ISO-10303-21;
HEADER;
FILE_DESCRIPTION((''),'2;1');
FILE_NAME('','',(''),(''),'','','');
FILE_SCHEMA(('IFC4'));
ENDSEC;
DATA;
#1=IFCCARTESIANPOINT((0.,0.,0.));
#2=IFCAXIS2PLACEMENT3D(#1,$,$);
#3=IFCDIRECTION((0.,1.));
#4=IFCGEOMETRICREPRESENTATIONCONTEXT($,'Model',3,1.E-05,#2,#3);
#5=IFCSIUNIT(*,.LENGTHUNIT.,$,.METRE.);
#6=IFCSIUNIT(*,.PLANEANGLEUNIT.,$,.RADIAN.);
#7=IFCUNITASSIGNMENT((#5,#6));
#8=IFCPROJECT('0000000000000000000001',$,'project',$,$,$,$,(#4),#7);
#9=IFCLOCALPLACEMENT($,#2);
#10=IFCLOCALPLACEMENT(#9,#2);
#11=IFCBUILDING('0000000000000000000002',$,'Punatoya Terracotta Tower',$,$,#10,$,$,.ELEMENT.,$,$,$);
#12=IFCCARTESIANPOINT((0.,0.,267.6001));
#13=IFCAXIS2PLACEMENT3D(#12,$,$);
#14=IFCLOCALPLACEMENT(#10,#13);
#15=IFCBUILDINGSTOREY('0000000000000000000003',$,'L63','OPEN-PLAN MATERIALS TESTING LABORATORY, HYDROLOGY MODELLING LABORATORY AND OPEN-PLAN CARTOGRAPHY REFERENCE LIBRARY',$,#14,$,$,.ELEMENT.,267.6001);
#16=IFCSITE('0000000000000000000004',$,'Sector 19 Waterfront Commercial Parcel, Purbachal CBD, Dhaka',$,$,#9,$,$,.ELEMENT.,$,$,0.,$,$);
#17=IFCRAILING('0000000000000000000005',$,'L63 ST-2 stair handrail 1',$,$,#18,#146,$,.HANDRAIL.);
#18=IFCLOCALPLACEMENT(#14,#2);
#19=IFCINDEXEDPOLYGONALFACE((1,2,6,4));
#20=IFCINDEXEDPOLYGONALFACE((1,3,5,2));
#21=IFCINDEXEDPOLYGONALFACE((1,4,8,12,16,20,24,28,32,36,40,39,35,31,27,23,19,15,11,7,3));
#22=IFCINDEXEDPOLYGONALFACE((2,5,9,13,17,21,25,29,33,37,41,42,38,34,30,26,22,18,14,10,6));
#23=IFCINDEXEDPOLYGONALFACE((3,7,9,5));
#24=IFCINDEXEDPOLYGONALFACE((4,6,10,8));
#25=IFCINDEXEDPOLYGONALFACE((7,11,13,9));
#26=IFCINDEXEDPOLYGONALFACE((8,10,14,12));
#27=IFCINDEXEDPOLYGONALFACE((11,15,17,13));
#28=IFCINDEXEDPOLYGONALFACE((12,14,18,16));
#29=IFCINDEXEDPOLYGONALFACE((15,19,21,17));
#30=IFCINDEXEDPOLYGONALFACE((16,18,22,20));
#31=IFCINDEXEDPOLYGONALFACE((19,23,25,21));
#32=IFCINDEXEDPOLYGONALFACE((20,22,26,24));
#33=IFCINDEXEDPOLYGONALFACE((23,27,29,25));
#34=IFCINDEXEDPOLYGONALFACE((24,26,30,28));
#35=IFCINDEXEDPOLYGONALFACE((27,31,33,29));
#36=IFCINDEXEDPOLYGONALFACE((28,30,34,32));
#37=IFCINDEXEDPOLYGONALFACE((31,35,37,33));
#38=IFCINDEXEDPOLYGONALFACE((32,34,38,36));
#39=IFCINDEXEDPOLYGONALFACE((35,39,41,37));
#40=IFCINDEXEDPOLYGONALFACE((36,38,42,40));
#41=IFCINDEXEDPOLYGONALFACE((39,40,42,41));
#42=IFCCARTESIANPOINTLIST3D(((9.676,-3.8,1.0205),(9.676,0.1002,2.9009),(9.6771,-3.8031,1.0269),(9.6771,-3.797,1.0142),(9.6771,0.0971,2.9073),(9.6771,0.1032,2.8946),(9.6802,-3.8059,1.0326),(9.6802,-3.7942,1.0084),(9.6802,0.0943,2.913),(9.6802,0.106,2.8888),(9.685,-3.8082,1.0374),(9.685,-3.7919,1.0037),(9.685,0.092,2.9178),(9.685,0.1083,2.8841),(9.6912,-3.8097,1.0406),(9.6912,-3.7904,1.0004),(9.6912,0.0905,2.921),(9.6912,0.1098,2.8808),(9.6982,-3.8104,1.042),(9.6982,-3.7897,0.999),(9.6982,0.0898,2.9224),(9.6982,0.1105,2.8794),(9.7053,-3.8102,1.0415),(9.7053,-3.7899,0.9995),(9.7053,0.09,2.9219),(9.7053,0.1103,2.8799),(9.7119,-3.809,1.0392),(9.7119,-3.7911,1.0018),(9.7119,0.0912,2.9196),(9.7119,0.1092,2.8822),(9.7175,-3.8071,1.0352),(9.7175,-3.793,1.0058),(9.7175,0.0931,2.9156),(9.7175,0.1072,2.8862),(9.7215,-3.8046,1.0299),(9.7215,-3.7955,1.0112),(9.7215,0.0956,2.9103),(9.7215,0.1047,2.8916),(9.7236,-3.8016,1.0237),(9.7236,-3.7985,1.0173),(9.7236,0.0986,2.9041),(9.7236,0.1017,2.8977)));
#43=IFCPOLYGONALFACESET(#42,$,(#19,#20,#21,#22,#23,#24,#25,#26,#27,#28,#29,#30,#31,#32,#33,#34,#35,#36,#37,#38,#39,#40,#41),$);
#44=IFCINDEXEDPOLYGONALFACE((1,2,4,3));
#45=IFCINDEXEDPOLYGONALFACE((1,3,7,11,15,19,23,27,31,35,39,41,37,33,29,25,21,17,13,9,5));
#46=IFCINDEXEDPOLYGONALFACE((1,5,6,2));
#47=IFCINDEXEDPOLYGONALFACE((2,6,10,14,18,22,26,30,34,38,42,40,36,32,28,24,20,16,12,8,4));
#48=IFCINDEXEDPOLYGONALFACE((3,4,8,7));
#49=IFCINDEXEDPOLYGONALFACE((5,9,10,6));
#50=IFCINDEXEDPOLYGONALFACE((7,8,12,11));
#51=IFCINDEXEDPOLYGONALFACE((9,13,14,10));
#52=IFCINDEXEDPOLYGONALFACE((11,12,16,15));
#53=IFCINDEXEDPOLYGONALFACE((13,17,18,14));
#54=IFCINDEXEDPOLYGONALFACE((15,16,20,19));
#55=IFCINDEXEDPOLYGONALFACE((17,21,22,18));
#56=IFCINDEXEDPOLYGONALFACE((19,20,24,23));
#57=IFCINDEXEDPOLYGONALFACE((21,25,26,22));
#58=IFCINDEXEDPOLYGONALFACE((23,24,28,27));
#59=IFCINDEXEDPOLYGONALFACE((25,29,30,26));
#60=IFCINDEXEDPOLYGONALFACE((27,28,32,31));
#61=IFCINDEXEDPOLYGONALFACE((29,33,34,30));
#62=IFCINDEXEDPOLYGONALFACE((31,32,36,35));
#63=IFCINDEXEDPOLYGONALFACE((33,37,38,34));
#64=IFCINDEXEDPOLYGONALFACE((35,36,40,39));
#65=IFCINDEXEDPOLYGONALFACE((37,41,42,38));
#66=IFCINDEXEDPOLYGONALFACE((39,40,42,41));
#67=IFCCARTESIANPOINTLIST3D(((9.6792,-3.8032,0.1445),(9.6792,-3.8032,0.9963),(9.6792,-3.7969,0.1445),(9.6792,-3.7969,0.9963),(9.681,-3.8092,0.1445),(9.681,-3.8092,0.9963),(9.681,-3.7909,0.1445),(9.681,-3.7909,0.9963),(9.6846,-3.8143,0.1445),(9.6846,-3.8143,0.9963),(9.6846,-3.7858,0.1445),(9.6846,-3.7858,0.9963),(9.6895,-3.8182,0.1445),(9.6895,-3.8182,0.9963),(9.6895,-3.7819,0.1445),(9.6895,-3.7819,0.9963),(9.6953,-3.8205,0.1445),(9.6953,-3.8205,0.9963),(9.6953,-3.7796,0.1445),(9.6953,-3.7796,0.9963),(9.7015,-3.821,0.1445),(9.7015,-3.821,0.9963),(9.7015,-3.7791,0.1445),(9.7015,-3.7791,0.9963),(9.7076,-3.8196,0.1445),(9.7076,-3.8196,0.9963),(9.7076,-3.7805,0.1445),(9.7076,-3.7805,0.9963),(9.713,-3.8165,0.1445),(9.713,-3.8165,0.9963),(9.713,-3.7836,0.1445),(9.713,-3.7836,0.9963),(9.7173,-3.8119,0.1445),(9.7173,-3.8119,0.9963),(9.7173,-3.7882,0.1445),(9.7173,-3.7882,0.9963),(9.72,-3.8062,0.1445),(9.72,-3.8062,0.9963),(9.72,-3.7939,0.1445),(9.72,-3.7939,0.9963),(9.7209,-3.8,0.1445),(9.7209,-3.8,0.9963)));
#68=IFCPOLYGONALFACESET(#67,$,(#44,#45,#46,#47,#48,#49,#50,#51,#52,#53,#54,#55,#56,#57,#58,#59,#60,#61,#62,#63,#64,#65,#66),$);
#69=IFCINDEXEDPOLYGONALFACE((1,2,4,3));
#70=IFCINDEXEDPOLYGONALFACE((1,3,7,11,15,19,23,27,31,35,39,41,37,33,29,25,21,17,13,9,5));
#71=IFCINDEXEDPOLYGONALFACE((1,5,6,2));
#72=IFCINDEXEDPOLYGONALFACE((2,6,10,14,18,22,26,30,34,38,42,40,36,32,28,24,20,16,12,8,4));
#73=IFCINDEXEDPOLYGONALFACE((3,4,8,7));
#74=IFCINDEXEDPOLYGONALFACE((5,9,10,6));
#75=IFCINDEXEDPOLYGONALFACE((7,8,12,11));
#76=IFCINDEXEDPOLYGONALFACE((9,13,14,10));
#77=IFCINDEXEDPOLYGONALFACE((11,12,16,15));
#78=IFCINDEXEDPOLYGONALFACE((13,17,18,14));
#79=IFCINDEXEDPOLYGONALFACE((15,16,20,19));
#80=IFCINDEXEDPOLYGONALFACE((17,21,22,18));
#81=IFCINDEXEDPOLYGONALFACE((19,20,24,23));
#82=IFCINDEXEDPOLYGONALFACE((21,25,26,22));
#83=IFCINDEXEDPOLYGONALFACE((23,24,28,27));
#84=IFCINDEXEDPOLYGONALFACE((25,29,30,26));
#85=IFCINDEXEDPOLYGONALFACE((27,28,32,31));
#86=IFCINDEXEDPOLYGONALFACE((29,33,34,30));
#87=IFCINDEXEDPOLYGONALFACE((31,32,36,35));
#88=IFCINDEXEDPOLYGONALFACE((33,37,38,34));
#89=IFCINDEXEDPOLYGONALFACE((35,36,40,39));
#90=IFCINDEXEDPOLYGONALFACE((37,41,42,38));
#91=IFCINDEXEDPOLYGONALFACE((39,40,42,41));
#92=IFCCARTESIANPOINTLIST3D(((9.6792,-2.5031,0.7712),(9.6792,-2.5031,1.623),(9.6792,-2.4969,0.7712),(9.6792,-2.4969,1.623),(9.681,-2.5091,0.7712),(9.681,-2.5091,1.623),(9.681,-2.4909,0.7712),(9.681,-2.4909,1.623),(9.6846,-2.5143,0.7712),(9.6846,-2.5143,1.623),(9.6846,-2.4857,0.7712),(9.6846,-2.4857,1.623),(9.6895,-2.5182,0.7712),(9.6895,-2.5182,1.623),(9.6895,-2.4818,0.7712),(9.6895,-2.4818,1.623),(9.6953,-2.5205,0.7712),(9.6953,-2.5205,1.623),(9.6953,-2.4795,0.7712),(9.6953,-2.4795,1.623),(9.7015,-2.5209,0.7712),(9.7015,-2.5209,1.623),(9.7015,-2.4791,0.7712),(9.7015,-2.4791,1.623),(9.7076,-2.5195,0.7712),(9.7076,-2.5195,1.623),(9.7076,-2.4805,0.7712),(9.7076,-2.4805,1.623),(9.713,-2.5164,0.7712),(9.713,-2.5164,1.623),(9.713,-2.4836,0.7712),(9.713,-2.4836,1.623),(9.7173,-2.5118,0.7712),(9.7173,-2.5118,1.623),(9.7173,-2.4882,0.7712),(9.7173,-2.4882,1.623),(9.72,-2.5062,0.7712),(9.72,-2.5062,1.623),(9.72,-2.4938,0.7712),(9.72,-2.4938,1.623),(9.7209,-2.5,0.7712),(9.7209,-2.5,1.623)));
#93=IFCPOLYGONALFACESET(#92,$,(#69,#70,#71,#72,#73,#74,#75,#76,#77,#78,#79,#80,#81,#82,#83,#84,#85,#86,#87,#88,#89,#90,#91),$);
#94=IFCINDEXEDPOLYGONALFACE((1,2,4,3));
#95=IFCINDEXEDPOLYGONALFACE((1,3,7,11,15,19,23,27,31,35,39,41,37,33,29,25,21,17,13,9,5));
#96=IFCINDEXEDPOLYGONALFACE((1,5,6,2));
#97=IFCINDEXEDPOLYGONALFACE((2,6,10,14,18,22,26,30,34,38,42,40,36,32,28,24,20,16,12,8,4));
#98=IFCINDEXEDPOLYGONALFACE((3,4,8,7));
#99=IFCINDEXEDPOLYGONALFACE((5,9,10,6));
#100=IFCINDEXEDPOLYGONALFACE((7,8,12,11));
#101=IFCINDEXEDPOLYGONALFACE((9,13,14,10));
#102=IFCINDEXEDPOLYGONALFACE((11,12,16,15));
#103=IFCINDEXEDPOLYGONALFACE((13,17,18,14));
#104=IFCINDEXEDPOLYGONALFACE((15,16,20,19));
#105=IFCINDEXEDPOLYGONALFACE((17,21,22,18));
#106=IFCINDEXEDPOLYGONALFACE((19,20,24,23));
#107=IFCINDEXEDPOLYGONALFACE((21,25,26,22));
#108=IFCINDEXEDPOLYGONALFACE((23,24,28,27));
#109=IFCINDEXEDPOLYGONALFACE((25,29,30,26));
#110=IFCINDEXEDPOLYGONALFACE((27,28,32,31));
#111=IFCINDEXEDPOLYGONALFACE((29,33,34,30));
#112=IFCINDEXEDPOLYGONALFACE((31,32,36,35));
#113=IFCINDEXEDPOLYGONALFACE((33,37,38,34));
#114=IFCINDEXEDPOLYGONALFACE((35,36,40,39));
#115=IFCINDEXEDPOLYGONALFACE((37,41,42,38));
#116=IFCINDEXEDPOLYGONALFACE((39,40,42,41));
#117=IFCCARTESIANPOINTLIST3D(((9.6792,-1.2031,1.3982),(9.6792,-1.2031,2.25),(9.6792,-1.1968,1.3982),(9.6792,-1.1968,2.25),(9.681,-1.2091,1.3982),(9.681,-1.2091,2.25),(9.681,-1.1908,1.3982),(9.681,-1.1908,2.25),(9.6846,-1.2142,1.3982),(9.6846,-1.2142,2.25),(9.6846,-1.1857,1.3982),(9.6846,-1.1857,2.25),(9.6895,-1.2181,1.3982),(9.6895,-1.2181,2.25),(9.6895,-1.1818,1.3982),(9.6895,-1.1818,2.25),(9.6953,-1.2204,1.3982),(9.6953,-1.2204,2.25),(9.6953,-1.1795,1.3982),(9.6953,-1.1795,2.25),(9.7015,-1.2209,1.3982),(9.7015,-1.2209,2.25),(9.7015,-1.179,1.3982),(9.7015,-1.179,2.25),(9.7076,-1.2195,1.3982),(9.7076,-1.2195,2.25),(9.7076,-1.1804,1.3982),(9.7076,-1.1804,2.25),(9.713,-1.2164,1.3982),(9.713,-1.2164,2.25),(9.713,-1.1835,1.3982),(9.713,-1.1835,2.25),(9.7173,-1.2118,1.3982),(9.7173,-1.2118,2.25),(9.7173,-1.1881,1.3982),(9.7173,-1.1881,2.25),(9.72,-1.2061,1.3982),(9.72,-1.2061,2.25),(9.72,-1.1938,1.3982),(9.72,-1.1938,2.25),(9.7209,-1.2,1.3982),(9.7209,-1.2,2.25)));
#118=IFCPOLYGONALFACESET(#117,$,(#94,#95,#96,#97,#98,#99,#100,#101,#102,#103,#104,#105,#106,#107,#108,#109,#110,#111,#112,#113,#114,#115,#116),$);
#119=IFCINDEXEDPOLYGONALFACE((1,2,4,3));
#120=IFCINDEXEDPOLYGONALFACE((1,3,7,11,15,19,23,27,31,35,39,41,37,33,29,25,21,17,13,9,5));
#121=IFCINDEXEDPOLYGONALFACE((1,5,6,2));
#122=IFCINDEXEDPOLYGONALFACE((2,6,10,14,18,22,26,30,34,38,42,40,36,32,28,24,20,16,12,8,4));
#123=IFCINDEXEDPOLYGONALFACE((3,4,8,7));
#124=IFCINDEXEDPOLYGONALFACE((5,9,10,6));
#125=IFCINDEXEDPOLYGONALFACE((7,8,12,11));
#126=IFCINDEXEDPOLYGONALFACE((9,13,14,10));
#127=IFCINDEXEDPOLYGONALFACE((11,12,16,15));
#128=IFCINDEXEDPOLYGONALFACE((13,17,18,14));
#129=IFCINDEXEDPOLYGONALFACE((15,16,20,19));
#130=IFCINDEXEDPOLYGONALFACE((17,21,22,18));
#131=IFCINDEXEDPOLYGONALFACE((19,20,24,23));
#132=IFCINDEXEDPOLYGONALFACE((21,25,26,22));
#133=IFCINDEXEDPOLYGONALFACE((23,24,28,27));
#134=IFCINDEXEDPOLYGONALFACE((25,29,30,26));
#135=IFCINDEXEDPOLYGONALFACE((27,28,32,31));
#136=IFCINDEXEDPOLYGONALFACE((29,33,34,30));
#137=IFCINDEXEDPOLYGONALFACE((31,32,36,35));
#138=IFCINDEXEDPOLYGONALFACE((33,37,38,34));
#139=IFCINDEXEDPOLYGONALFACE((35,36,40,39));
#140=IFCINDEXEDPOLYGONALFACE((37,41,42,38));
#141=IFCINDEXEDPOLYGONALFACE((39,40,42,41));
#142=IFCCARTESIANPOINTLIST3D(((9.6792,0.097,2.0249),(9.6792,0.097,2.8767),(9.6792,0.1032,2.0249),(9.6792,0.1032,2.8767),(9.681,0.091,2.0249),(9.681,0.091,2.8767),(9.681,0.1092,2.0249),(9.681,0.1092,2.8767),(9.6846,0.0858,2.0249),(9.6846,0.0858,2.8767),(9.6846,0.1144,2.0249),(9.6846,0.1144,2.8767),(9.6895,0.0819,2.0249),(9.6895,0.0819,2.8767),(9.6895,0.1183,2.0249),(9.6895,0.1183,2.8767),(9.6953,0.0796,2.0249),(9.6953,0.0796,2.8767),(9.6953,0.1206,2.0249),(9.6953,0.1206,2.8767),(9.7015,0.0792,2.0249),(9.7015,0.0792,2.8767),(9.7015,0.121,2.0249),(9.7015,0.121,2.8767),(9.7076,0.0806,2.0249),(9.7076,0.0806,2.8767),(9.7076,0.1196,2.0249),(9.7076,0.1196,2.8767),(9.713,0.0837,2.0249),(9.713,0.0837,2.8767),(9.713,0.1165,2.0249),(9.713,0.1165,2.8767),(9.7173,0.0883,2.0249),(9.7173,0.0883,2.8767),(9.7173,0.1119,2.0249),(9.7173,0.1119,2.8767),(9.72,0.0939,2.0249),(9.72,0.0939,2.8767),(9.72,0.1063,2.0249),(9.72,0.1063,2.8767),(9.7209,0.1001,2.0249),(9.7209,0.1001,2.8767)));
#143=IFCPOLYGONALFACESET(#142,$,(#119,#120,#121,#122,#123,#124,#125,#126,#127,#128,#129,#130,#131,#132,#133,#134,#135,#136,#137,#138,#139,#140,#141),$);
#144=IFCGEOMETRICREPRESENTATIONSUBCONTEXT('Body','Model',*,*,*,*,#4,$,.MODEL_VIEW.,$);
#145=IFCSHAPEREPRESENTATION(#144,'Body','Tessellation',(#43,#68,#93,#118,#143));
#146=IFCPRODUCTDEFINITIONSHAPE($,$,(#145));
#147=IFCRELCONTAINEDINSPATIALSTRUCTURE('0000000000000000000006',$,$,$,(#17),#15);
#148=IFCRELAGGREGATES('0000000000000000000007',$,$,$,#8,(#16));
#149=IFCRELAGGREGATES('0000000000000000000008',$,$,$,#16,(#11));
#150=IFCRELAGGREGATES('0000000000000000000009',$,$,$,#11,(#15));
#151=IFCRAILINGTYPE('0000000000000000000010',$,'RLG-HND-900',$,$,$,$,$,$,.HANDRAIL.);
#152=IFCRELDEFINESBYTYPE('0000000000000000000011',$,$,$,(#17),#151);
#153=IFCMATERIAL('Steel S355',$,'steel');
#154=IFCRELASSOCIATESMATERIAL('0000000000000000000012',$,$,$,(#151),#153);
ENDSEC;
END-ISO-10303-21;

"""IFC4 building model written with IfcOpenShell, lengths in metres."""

from ifc_helpers import new_model, si_unit, direction, frame, origin, origin_2d, place, context, subcontext, project, spatial, circle, extrude, material, type_object, element, save


model = new_model("IFC4")

# Units and contexts
model_context = context("Model", 3, precision=1e-05, world=origin(), true_north=direction((0.0, 1.0)))
body_context = subcontext(model_context, "Body", "Model", "MODEL_VIEW")
ifc_project = project(units=[si_unit("LENGTHUNIT", "METRE"), si_unit("PLANEANGLEUNIT", "RADIAN")], contexts=[model_context])

# Site, building, storey
site_placement = place(None, origin())
site = spatial("IfcSite", under=ifc_project, at=site_placement, Name="Sector 19 Waterfront Commercial Parcel, Purbachal CBD, Dhaka", CompositionType="ELEMENT", RefElevation=0.0)
building_placement = place(site_placement, origin())
building = spatial("IfcBuilding", under=site, at=building_placement, Name="Punatoya Terracotta Tower", CompositionType="ELEMENT")
storey_placement = place(building_placement, frame((0.0, 0.0, 267.6001)))
storey = spatial("IfcBuildingStorey", under=building, at=storey_placement, Name="L63", Description="OPEN-PLAN MATERIALS TESTING LABORATORY, HYDROLOGY MODELLING LABORATORY AND OPEN-PLAN CARTOGRAPHY REFERENCE LIBRARY", CompositionType="ELEMENT", Elevation=267.6001)

# Shared definitions
ifc_material_1 = material(Name="Steel S355", Category="steel")

# Railing
railing_type_1 = type_object("IfcRailingType", Name="RLG-HND-900", PredefinedType="HANDRAIL", material=ifc_material_1)
railing_1_placement = place(storey_placement, frame((9.7, -3.8, 0.1445)))
element("IfcRailing", 1, at=railing_1_placement, inside=storey, type_object=railing_type_1, Name="L63 ST-2 stair handrail 1", PredefinedType="HANDRAIL", context=body_context, shape_type="SweptSolid", body=[
    extrude(circle(Radius=0.0239, at=origin_2d()), frame((0.0, 0.0, 0.876), z_axis=(0.0, 0.900774, 0.434289), x_axis=(-1.0, 0.0, 0.0)), (0.0, 0.0, 1.0), 4.3298),
    extrude(circle(Radius=0.021, at=origin_2d()), origin(), (0.0, 0.0, 1.0), 0.8518),
    extrude(circle(Radius=0.021, at=origin_2d()), frame((0.0, 1.3, 0.6267)), (0.0, 0.0, 1.0), 0.8518),
    extrude(circle(Radius=0.021, at=origin_2d()), frame((0.0, 2.6001, 1.2537)), (0.0, 0.0, 1.0), 0.8518),
    extrude(circle(Radius=0.021, at=origin_2d()), frame((0.0, 3.9001, 1.8804)), (0.0, 0.0, 1.0), 0.8518),
])

save(model, "model.ifc")
